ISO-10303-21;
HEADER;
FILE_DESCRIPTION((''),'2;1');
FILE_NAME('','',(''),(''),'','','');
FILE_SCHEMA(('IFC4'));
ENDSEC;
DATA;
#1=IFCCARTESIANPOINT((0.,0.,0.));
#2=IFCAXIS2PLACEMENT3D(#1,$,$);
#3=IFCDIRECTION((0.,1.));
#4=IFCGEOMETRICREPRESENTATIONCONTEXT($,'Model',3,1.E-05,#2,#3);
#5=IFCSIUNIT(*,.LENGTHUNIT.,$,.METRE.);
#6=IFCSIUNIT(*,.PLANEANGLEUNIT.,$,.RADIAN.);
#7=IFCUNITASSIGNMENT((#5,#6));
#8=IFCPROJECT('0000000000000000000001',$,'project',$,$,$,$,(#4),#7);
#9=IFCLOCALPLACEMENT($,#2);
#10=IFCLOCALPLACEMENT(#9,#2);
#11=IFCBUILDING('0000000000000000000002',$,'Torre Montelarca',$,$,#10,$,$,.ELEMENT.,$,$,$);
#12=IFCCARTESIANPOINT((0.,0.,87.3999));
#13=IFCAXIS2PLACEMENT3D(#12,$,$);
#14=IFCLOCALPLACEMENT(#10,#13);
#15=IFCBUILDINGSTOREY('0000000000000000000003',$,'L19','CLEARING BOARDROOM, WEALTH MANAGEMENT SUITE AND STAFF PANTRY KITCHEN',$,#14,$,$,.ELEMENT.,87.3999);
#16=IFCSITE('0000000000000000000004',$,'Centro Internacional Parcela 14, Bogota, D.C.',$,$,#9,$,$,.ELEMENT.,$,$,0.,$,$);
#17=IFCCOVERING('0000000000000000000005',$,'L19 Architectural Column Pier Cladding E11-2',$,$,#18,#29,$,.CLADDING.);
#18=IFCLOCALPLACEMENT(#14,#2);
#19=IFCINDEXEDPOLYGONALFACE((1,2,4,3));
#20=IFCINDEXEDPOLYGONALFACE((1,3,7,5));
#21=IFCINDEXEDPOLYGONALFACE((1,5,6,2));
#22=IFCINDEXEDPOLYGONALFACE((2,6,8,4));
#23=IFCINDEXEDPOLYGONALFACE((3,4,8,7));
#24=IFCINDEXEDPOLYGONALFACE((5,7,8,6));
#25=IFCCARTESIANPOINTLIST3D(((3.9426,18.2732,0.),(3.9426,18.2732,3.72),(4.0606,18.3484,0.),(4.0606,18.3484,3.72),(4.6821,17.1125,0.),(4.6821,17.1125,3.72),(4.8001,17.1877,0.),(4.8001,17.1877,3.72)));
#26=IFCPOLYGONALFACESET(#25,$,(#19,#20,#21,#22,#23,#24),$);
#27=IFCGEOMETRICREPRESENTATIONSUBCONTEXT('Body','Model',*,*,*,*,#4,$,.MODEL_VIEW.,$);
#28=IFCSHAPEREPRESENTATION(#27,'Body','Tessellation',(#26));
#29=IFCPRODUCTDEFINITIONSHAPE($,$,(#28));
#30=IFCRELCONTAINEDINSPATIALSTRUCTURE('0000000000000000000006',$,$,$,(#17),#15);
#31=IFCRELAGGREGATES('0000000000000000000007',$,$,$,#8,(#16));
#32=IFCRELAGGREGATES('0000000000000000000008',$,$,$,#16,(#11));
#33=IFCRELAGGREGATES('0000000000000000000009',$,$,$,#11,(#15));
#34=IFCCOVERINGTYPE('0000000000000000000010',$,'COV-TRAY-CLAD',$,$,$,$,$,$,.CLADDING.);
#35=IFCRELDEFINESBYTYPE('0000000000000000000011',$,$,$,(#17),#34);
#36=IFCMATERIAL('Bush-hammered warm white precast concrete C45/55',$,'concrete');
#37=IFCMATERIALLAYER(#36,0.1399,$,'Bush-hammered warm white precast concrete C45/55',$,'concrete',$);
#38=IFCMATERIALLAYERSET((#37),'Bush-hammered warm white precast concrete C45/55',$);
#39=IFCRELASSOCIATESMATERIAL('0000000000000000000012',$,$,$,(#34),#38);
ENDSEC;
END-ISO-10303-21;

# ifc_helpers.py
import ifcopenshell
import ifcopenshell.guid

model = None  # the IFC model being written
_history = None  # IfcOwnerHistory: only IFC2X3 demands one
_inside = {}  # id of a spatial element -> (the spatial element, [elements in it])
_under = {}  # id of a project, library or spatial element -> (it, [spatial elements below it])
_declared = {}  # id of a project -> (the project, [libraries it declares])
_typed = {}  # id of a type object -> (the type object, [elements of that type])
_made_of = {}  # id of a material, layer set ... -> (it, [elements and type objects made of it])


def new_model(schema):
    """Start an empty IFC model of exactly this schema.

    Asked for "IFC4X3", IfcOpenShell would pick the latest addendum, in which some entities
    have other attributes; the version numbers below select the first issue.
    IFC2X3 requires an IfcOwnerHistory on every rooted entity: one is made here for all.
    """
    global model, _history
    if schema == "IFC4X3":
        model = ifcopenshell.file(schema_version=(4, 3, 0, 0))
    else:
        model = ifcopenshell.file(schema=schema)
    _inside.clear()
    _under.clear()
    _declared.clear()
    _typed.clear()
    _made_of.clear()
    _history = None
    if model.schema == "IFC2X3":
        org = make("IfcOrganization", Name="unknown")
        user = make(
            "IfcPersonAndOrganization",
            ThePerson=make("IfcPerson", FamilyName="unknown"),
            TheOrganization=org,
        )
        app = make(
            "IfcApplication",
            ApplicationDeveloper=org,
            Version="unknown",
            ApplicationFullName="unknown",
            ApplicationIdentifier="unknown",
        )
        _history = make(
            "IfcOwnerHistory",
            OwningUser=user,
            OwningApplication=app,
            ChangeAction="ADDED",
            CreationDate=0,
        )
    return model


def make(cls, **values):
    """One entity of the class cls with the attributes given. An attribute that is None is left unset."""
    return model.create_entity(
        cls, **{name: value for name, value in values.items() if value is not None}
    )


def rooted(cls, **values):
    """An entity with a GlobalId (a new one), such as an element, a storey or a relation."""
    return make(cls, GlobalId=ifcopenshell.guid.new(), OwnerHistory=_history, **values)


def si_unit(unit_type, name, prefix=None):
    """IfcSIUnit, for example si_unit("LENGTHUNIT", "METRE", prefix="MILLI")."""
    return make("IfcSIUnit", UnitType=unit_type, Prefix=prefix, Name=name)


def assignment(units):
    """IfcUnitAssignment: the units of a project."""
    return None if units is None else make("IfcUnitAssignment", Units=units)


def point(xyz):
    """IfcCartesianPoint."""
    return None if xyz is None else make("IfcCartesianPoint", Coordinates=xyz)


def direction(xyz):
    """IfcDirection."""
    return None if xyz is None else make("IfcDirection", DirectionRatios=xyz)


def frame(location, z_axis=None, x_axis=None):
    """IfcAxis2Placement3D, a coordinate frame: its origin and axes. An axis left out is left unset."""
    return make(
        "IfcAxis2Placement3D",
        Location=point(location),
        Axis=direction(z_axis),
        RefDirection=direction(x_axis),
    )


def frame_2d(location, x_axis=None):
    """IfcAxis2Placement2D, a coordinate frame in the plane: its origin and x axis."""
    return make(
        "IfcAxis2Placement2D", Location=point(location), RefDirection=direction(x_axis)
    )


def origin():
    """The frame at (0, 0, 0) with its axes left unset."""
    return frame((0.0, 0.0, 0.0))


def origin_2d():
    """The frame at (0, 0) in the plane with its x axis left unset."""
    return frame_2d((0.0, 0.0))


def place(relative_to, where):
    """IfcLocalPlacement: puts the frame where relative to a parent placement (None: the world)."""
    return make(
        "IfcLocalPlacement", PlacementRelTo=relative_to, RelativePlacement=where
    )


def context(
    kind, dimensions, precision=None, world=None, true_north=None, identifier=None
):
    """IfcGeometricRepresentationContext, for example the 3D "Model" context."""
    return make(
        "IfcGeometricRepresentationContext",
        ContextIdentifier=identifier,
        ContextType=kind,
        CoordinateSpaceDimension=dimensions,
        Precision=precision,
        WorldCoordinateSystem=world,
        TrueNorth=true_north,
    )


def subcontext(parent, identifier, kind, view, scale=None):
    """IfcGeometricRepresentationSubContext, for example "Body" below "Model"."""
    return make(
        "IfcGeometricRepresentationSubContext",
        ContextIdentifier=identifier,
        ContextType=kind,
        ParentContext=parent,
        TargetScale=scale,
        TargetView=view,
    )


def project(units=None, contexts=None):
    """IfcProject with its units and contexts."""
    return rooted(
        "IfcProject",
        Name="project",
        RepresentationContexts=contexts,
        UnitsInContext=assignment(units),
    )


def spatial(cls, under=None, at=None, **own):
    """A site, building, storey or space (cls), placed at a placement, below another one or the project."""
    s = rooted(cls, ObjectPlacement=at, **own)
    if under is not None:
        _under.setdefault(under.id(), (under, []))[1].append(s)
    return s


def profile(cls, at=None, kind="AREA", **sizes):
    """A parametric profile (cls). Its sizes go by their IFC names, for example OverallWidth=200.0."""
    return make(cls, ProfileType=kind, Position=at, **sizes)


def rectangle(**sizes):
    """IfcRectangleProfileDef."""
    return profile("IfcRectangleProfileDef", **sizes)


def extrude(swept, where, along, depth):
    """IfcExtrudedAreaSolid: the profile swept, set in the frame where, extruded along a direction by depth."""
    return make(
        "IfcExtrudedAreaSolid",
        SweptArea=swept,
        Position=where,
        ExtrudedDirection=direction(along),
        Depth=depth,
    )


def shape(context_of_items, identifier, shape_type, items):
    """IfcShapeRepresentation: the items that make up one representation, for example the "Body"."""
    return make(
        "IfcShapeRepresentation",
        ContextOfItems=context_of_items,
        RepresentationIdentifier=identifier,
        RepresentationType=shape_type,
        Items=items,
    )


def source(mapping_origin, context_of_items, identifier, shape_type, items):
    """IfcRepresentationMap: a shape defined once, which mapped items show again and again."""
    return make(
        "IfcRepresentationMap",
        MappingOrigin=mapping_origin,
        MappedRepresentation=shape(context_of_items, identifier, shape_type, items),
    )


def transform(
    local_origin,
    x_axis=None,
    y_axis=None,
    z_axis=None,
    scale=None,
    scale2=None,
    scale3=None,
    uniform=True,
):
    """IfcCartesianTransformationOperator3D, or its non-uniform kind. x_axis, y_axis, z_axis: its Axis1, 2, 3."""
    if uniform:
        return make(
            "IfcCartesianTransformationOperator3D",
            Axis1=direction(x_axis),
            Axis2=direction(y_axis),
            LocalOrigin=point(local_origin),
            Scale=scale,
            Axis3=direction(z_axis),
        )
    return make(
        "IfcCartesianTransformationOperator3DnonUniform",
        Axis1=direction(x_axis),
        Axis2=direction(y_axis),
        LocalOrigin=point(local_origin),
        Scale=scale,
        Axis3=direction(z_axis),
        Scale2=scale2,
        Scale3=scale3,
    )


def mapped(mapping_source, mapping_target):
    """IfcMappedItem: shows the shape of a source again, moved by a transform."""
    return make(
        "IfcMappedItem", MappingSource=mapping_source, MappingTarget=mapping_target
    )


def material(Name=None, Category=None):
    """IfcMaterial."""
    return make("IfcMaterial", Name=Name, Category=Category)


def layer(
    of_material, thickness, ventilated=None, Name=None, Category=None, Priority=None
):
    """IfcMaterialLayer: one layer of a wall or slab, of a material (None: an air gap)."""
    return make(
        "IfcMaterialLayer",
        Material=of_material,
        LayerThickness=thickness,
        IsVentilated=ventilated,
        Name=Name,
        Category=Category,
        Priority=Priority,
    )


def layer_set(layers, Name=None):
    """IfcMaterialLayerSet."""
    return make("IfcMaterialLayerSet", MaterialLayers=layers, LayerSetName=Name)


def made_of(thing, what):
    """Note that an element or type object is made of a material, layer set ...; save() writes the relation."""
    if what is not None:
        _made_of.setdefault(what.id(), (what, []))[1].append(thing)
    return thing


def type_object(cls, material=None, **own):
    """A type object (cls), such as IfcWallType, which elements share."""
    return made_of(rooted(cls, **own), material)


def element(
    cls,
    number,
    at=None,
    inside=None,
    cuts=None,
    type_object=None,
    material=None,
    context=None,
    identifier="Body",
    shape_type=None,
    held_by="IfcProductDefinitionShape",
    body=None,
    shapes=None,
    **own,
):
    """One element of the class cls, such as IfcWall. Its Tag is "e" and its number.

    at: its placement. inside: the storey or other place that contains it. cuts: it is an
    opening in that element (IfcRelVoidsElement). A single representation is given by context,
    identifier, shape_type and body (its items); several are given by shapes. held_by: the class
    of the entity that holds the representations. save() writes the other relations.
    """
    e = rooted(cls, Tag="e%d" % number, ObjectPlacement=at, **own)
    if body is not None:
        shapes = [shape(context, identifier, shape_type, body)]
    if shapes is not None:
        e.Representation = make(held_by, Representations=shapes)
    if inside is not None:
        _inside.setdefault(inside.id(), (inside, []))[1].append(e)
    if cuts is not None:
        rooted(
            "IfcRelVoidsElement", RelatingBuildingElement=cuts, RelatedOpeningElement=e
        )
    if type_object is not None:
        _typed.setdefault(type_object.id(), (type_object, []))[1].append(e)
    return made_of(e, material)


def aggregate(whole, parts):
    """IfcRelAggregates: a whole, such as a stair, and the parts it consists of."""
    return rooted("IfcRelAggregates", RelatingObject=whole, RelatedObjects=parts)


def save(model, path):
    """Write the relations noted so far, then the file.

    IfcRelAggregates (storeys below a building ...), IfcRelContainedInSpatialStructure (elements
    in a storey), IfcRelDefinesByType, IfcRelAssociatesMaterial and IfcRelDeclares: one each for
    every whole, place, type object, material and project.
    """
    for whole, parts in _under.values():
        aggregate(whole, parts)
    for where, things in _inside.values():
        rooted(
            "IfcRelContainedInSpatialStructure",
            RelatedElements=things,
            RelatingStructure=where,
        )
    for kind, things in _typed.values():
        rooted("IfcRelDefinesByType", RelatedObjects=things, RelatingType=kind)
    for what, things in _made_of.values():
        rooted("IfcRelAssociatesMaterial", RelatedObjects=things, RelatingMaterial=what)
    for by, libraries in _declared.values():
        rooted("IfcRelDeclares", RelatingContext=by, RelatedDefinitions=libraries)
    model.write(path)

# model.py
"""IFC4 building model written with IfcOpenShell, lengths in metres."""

from ifc_helpers import new_model, si_unit, direction, frame, origin, origin_2d, place, context, subcontext, project, spatial, rectangle, extrude, source, transform, mapped, material, layer, layer_set, type_object, element, save


model = new_model("IFC4")

# Units and contexts
model_context = context("Model", 3, precision=1e-05, world=origin(), true_north=direction((0.0, 1.0)))
body_context = subcontext(model_context, "Body", "Model", "MODEL_VIEW")
ifc_project = project(units=[si_unit("LENGTHUNIT", "METRE"), si_unit("PLANEANGLEUNIT", "RADIAN")], contexts=[model_context])

# Site, building, storey
site_placement = place(None, origin())
site = spatial("IfcSite", under=ifc_project, at=site_placement, Name="Centro Internacional Parcela 14, Bogota, D.C.", CompositionType="ELEMENT", RefElevation=0.0)
building_placement = place(site_placement, origin())
building = spatial("IfcBuilding", under=site, at=building_placement, Name="Torre Montelarca", CompositionType="ELEMENT")
storey_placement = place(building_placement, frame((0.0, 0.0, 87.3999)))
storey = spatial("IfcBuildingStorey", under=building, at=storey_placement, Name="L19", Description="CLEARING BOARDROOM, WEALTH MANAGEMENT SUITE AND STAFF PANTRY KITCHEN", CompositionType="ELEMENT", Elevation=87.3999)

# Covering
ifc_material_1 = material(Name="Bush-hammered warm white precast concrete C45/55", Category="concrete")
ifc_layer_1 = layer(ifc_material_1, 0.1399, Name="Bush-hammered warm white precast concrete C45/55", Category="concrete")
ifc_layer_set_1 = layer_set([ifc_layer_1], Name="Bush-hammered warm white precast concrete C45/55")
covering_type = type_object("IfcCoveringType", Name="COV-TRAY-CLAD", PredefinedType="CLADDING", material=ifc_layer_set_1)
shared_shape_1 = source(origin(), body_context, "Body", "SweptSolid", [
    extrude(rectangle(XDim=1.3762, YDim=0.1399, at=origin_2d()), origin(), (0.0, 0.0, 1.0), 3.72),
])
covering_1_placement = place(storey_placement, frame((4.3713, 17.7305, 0.0), z_axis=(0.0, 0.0, 1.0), x_axis=(0.537314, -0.843382, 0.0)))
element("IfcCovering", 1, at=covering_1_placement, inside=storey, type_object=covering_type, Name="L19 Architectural Column Pier Cladding E11-2", PredefinedType="CLADDING", context=body_context, shape_type="MappedRepresentation", body=[
    mapped(shared_shape_1, transform((0.0, 0.0, 0.0), scale=1.0)),
])

save(model, "model.ifc")
